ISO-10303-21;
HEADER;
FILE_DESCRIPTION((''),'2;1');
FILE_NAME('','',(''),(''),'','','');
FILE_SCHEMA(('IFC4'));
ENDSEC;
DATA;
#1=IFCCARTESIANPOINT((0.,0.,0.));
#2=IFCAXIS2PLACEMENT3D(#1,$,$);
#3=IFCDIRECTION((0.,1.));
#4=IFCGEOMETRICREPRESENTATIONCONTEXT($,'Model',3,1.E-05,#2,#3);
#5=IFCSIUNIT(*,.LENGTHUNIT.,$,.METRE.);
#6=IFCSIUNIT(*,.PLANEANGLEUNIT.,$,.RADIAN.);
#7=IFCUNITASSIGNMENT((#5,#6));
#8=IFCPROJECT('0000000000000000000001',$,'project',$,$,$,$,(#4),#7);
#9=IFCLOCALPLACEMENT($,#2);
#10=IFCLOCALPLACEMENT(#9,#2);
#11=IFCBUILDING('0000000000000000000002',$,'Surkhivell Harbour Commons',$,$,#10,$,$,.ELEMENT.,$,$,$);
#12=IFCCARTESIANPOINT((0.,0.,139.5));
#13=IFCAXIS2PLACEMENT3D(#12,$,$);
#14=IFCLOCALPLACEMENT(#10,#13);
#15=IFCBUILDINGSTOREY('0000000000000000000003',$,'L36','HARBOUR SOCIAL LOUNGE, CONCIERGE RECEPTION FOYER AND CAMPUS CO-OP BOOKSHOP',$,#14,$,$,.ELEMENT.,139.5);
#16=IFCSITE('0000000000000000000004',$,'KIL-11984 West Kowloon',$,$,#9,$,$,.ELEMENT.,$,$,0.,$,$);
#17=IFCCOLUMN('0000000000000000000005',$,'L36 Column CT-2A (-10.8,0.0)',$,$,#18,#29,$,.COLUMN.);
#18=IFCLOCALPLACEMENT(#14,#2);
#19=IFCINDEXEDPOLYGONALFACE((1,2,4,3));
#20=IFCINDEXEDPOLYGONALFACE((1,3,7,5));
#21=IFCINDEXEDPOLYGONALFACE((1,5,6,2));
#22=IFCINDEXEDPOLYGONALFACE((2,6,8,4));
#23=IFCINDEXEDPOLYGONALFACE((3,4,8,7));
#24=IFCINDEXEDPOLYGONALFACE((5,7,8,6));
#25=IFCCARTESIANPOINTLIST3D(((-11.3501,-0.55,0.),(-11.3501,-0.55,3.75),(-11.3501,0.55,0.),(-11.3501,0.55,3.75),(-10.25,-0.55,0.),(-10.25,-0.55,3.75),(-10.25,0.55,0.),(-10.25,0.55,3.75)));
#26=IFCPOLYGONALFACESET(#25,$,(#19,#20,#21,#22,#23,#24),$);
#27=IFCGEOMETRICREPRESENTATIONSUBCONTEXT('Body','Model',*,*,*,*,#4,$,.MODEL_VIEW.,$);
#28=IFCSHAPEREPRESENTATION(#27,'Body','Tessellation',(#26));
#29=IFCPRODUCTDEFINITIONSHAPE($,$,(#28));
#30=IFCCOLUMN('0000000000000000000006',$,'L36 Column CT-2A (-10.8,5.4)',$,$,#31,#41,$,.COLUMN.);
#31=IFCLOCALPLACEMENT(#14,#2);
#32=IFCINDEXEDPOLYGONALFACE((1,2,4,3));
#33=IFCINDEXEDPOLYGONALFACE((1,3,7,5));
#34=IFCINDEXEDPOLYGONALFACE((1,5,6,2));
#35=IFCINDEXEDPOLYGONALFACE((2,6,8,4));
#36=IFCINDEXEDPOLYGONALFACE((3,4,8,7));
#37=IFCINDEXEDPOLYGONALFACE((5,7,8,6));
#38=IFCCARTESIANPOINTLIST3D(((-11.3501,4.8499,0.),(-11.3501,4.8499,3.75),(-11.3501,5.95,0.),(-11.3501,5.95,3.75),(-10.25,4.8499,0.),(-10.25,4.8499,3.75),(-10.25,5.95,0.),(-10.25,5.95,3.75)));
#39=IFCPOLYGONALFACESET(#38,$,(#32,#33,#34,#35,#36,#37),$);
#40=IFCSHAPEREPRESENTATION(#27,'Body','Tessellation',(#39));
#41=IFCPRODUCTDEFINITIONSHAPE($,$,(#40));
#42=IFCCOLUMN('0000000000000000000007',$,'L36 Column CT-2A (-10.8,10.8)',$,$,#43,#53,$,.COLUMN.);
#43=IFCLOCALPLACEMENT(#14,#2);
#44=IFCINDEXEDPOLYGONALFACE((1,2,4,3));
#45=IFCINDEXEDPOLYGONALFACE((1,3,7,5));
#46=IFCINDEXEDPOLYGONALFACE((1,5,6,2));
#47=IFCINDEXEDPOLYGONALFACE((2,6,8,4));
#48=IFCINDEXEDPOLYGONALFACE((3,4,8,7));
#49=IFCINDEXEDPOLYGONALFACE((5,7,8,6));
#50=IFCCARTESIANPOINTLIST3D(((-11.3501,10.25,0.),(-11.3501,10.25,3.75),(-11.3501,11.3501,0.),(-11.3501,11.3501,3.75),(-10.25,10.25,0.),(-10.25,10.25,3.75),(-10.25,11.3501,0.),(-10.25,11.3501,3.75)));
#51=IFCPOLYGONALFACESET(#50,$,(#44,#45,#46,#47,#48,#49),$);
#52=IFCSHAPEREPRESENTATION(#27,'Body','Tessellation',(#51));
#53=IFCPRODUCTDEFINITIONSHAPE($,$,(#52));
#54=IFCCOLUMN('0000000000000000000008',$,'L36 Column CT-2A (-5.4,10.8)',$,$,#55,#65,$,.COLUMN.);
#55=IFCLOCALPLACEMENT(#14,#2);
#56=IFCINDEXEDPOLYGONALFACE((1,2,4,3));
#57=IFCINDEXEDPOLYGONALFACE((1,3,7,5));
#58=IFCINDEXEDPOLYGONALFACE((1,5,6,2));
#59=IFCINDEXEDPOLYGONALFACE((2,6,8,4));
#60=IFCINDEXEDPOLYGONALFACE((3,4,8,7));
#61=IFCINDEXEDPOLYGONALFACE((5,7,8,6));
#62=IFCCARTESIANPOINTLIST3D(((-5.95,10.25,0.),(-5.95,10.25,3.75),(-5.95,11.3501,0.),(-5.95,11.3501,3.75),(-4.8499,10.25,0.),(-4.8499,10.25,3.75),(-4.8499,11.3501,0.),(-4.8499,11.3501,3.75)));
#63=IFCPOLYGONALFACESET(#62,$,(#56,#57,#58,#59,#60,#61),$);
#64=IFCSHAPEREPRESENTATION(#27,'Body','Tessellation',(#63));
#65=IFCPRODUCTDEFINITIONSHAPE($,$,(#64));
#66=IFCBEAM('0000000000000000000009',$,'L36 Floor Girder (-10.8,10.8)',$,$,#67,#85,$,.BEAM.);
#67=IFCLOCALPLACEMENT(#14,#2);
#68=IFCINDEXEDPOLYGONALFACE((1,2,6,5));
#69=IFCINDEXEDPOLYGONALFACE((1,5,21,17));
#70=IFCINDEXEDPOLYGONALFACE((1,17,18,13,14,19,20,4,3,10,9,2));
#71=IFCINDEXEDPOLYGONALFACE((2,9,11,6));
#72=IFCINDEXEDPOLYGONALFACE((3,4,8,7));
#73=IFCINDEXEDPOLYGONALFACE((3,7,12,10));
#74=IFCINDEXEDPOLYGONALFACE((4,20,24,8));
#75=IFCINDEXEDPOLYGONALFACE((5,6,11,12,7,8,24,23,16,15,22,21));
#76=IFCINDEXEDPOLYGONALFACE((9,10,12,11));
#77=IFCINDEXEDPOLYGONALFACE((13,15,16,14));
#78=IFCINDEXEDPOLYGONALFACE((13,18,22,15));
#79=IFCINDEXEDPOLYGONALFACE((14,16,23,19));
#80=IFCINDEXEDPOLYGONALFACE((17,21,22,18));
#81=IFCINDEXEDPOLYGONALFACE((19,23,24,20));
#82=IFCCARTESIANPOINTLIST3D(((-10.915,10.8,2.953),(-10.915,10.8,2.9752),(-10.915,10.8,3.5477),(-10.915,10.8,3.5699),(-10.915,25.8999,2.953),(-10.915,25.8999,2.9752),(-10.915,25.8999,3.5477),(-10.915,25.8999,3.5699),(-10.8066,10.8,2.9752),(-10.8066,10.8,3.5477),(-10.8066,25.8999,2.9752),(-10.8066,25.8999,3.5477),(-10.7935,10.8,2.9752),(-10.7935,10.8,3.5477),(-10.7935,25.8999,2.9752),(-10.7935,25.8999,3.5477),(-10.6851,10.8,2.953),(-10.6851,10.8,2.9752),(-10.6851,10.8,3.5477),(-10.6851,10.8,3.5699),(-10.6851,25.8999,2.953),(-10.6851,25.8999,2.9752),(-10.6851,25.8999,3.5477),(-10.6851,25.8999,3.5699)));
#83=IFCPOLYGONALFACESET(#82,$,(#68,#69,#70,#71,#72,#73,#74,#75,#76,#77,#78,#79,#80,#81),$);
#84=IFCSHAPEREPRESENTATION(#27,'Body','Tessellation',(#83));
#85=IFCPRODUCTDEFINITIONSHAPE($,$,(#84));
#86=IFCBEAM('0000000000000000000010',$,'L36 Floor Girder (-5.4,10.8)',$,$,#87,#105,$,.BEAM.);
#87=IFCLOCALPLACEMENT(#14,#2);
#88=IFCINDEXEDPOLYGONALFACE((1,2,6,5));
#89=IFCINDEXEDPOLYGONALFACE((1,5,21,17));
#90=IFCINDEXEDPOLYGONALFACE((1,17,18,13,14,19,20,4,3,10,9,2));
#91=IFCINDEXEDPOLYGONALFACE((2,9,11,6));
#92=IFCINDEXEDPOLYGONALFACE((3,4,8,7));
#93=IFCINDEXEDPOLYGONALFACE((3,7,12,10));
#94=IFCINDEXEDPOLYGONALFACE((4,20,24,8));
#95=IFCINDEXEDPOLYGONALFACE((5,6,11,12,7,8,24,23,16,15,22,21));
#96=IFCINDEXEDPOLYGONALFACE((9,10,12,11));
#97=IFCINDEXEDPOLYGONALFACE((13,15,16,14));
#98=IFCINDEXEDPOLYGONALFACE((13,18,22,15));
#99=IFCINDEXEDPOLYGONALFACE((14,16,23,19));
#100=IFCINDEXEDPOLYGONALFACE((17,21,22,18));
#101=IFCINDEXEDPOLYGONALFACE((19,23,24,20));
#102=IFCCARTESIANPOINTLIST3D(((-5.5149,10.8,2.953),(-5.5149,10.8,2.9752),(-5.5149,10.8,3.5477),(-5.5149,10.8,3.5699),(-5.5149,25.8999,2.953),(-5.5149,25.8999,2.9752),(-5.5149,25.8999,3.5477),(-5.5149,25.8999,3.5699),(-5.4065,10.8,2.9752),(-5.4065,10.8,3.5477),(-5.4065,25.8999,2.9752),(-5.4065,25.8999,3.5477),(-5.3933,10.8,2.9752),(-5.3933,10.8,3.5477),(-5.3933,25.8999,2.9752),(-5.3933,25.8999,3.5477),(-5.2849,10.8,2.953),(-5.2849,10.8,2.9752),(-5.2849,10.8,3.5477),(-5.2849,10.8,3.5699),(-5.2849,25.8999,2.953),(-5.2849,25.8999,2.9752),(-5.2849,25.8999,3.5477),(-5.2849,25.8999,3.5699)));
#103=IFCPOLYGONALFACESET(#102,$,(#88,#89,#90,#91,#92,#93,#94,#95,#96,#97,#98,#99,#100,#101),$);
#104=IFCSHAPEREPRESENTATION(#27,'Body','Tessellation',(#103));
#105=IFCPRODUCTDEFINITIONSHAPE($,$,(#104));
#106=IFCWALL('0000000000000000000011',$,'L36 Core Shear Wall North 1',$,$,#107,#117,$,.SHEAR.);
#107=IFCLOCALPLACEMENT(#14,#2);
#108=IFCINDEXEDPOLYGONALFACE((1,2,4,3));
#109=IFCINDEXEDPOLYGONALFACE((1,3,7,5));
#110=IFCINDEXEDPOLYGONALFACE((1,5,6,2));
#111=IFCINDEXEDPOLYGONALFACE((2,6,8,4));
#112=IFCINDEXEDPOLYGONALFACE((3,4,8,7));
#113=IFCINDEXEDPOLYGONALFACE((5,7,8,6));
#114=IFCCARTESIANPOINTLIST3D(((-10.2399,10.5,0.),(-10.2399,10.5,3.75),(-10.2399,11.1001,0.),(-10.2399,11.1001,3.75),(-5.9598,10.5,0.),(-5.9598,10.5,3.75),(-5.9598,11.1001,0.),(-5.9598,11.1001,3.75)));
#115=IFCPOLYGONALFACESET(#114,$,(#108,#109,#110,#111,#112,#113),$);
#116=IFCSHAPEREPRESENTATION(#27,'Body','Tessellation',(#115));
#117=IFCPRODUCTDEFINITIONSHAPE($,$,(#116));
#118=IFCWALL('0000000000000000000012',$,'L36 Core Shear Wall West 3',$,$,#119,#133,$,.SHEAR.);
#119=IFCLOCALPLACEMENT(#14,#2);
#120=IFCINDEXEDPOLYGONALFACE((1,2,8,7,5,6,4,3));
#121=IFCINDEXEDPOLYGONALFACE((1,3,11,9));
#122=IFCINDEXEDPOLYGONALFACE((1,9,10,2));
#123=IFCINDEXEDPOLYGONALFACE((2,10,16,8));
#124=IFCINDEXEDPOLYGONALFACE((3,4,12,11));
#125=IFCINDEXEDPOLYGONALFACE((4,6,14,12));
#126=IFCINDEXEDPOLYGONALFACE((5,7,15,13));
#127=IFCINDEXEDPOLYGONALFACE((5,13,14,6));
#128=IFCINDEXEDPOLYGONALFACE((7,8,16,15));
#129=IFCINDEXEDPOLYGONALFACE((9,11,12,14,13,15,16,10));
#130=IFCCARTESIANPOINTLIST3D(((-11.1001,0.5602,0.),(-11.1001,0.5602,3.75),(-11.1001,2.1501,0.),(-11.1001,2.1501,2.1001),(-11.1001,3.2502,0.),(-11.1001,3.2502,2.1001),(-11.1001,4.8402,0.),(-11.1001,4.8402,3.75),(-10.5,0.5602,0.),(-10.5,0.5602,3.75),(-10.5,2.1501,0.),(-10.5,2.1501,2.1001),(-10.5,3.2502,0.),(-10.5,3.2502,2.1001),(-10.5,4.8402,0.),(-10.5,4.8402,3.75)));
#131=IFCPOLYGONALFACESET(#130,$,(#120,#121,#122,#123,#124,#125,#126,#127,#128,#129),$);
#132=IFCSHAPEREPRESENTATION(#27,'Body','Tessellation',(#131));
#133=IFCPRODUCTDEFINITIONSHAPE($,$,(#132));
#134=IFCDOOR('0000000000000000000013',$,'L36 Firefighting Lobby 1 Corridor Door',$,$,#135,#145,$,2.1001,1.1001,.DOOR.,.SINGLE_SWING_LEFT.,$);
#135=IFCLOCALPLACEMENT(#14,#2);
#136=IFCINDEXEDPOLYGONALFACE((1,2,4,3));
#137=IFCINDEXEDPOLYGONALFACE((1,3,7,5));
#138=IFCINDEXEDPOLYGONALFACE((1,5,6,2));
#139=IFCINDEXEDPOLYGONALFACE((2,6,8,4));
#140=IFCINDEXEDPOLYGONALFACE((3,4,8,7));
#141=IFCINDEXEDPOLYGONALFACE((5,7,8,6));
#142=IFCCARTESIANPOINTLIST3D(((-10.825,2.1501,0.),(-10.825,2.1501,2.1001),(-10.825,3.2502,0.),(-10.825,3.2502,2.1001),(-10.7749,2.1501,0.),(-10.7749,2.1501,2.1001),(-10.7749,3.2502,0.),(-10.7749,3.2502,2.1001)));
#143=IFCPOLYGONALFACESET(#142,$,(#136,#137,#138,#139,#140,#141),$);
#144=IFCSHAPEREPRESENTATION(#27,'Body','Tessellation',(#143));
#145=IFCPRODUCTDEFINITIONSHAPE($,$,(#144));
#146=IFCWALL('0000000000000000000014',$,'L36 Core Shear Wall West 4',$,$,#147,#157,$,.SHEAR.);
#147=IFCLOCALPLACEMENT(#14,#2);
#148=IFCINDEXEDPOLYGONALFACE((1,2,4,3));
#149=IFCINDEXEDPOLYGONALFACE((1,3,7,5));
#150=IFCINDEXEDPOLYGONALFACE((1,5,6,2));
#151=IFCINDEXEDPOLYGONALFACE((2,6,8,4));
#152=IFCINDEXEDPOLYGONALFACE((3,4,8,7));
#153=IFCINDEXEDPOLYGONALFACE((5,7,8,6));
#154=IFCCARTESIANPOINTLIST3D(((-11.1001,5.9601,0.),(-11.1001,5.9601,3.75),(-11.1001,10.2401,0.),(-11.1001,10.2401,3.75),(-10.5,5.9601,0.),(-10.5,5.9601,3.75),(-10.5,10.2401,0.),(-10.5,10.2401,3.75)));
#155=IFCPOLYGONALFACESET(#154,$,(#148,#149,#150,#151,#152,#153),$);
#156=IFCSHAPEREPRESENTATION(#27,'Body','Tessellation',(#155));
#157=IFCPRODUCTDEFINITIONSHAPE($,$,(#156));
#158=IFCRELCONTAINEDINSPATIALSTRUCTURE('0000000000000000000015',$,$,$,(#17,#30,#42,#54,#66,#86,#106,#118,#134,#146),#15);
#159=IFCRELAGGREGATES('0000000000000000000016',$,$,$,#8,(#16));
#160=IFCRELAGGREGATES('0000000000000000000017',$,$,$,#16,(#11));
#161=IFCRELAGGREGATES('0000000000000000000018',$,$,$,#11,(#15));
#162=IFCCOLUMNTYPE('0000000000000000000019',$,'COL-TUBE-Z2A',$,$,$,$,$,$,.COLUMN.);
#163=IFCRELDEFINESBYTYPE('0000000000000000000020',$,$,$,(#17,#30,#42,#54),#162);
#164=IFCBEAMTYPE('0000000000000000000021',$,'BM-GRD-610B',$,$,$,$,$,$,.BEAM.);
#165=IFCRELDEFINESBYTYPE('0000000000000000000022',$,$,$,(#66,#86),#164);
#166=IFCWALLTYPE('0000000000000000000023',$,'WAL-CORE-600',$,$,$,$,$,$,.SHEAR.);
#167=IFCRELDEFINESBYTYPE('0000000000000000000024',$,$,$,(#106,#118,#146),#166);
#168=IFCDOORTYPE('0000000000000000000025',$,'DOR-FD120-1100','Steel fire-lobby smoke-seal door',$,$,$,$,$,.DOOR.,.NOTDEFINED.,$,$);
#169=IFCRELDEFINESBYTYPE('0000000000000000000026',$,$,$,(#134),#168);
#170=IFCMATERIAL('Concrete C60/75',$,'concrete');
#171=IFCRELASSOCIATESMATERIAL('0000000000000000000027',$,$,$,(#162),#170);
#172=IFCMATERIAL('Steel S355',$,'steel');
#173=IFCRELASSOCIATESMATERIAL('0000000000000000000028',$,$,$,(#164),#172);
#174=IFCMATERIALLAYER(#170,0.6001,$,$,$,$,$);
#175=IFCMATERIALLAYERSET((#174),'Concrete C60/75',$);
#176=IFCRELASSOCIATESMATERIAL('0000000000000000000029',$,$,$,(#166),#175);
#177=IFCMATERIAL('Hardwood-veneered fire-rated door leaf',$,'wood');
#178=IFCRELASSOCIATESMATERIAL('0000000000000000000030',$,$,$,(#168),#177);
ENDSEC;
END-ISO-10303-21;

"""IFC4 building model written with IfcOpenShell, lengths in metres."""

from ifc_helpers import new_model, si_unit, direction, frame, frame_2d, origin, origin_2d, place, context, subcontext, project, spatial, rectangle, i_section, extrude, material, layer, layer_set, material_profile, profile_set, type_object, element, fill, save


model = new_model("IFC4")

# Units and contexts
model_context = context("Model", 3, precision=1e-05, world=origin(), true_north=direction((0.0, 1.0)))
body_context = subcontext(model_context, "Body", "Model", "MODEL_VIEW")
ifc_project = project(units=[si_unit("LENGTHUNIT", "METRE"), si_unit("PLANEANGLEUNIT", "RADIAN")], contexts=[model_context])

# Site, building, storey
site_placement = place(None, origin())
site = spatial("IfcSite", under=ifc_project, at=site_placement, Name="KIL-11984 West Kowloon", CompositionType="ELEMENT", RefElevation=0.0)
building_placement = place(site_placement, origin())
building = spatial("IfcBuilding", under=site, at=building_placement, Name="Surkhivell Harbour Commons", CompositionType="ELEMENT")
storey_placement = place(building_placement, frame((0.0, 0.0, 139.5)))
storey = spatial("IfcBuildingStorey", under=building, at=storey_placement, Name="L36", Description="HARBOUR SOCIAL LOUNGE, CONCIERGE RECEPTION FOYER AND CAMPUS CO-OP BOOKSHOP", CompositionType="ELEMENT", Elevation=139.5)

# Columns
ifc_material_1 = material(Name="Concrete C60/75", Category="concrete")
ifc_material_profile_1 = material_profile(ifc_material_1, rectangle(XDim=1.1001, YDim=1.1001, at=origin_2d()), Name="RC-COL-1100x1100")
ifc_profile_set_1 = profile_set([ifc_material_profile_1], Name="Concrete C60/75")
column_type = type_object("IfcColumnType", Name="COL-TUBE-Z2A", PredefinedType="COLUMN", material=ifc_profile_set_1)
for number, where, z_axis, x_axis, name in (
    (1, (-10.8, 0.0, 0.0), (0.0, 0.0, 1.0), (1.0, 0.0, 0.0), "L36 Column CT-2A (-10.8,0.0)"),
    (2, (-10.8, 5.3999, 0.0), (0.0, 0.0, 1.0), (1.0, 0.0, 0.0), "L36 Column CT-2A (-10.8,5.4)"),
    (3, (-10.8, 10.8, 0.0), (0.0, 0.0, 1.0), (1.0, 0.0, 0.0), "L36 Column CT-2A (-10.8,10.8)"),
    (4, (-5.3999, 10.8, 0.0), (0.0, 0.0, 1.0), (1.0, 0.0, 0.0), "L36 Column CT-2A (-5.4,10.8)"),
):
    element("IfcColumn", number, at=place(storey_placement, frame(where, z_axis=z_axis, x_axis=x_axis)), inside=storey, type_object=column_type, Name=name, PredefinedType="COLUMN", context=body_context, shape_type="SweptSolid", body=[
        extrude(rectangle(XDim=1.1001, YDim=1.1001, at=origin_2d()), origin(), (0.0, 0.0, 1.0), 3.75),
    ])

# Beams
ifc_material_2 = material(Name="Steel S355", Category="steel")
ifc_material_profile_2 = material_profile(ifc_material_2, i_section(OverallWidth=0.23, OverallDepth=0.6169, WebThickness=0.0132, FlangeThickness=0.0222, at=origin_2d()), Name="UB610x229x140")
ifc_profile_set_2 = profile_set([ifc_material_profile_2], Name="Steel S355")
beam_type = type_object("IfcBeamType", Name="BM-GRD-610B", PredefinedType="BEAM", material=ifc_profile_set_2)
for number, where, z_axis, x_axis, name in (
    (5, (-10.8, 10.8, 3.2615), (0.0, 1.0, 0.0), (-1.0, 0.0, 0.0), "L36 Floor Girder (-10.8,10.8)"),
    (6, (-5.3999, 10.8, 3.2615), (0.0, 1.0, 0.0), (-1.0, 0.0, 0.0), "L36 Floor Girder (-5.4,10.8)"),
):
    element("IfcBeam", number, at=place(storey_placement, frame(where, z_axis=z_axis, x_axis=x_axis)), inside=storey, type_object=beam_type, Name=name, PredefinedType="BEAM", context=body_context, shape_type="SweptSolid", body=[
        extrude(i_section(OverallWidth=0.23, OverallDepth=0.6169, WebThickness=0.0132, FlangeThickness=0.0222, at=origin_2d()), origin(), (0.0, 0.0, 1.0), 15.0999),
    ])

# Wall
ifc_layer_1 = layer(ifc_material_1, 0.6001)
ifc_layer_set_1 = layer_set([ifc_layer_1], Name="Concrete C60/75")
wall_type_1 = type_object("IfcWallType", Name="WAL-CORE-600", PredefinedType="SHEAR", material=ifc_layer_set_1)
wall_1_placement = place(storey_placement, frame((-10.24, 10.8, 0.0), z_axis=(0.0, 0.0, 1.0), x_axis=(1.0, 0.0, 0.0)))
element("IfcWall", 7, at=wall_1_placement, inside=storey, type_object=wall_type_1, Name="L36 Core Shear Wall North 1", PredefinedType="SHEAR", context=body_context, shape_type="SweptSolid", body=[
    extrude(rectangle(XDim=4.28, YDim=0.6001, at=frame_2d((2.1401, 0.0))), origin(), (0.0, 0.0, 1.0), 3.75),
])

# Wall, opening, door
wall_2_placement = place(storey_placement, frame((-10.8, 0.5601, 0.0), z_axis=(0.0, 0.0, 1.0), x_axis=(0.0, 1.0, 0.0)))
wall_2 = element("IfcWall", 8, at=wall_2_placement, inside=storey, type_object=wall_type_1, Name="L36 Core Shear Wall West 3", PredefinedType="SHEAR", context=body_context, shape_type="SweptSolid", body=[
    extrude(rectangle(XDim=4.28, YDim=0.6001, at=frame_2d((2.1401, 0.0))), origin(), (0.0, 0.0, 1.0), 3.75),
])
opening_1_placement = place(wall_2_placement, frame((1.5901, 0.0, 0.0)))
opening_1 = element("IfcOpeningElement", 9, at=opening_1_placement, cuts=wall_2, PredefinedType="OPENING", context=body_context, shape_type="SweptSolid", body=[
    extrude(rectangle(XDim=1.1001, YDim=2.1001, at=frame_2d((0.55, 1.05))), frame((0.0, 0.3101, 0.0), z_axis=(0.0, -1.0, 0.0), x_axis=(1.0, 0.0, 0.0)), (0.0, 0.0, 1.0), 0.6201),
])
ifc_material_3 = material(Name="Hardwood-veneered fire-rated door leaf", Category="wood")
door_type_1 = type_object("IfcDoorType", Name="DOR-FD120-1100", Description="Steel fire-lobby smoke-seal door", OperationType="NOTDEFINED", PredefinedType="DOOR", material=ifc_material_3)
door_1_placement = place(opening_1_placement, origin())
door_1 = element("IfcDoor", 10, at=door_1_placement, inside=storey, type_object=door_type_1, Name="L36 Firefighting Lobby 1 Corridor Door", OperationType="SINGLE_SWING_LEFT", OverallHeight=2.1001, OverallWidth=1.1001, PredefinedType="DOOR", context=body_context, shape_type="SweptSolid", body=[
    extrude(rectangle(XDim=1.1001, YDim=2.1001, at=frame_2d((0.55, 1.05))), frame((0.0, 0.0249, 0.0), z_axis=(0.0, -1.0, 0.0), x_axis=(1.0, 0.0, 0.0)), (0.0, 0.0, 1.0), 0.05),
])
fill(opening_1, door_1)

# Wall
wall_3_placement = place(storey_placement, frame((-10.8, 5.96, 0.0), z_axis=(0.0, 0.0, 1.0), x_axis=(0.0, 1.0, 0.0)))
element("IfcWall", 11, at=wall_3_placement, inside=storey, type_object=wall_type_1, Name="L36 Core Shear Wall West 4", PredefinedType="SHEAR", context=body_context, shape_type="SweptSolid", body=[
    extrude(rectangle(XDim=4.28, YDim=0.6001, at=frame_2d((2.1401, 0.0))), origin(), (0.0, 0.0, 1.0), 3.75),
])

save(model, "model.ifc")
